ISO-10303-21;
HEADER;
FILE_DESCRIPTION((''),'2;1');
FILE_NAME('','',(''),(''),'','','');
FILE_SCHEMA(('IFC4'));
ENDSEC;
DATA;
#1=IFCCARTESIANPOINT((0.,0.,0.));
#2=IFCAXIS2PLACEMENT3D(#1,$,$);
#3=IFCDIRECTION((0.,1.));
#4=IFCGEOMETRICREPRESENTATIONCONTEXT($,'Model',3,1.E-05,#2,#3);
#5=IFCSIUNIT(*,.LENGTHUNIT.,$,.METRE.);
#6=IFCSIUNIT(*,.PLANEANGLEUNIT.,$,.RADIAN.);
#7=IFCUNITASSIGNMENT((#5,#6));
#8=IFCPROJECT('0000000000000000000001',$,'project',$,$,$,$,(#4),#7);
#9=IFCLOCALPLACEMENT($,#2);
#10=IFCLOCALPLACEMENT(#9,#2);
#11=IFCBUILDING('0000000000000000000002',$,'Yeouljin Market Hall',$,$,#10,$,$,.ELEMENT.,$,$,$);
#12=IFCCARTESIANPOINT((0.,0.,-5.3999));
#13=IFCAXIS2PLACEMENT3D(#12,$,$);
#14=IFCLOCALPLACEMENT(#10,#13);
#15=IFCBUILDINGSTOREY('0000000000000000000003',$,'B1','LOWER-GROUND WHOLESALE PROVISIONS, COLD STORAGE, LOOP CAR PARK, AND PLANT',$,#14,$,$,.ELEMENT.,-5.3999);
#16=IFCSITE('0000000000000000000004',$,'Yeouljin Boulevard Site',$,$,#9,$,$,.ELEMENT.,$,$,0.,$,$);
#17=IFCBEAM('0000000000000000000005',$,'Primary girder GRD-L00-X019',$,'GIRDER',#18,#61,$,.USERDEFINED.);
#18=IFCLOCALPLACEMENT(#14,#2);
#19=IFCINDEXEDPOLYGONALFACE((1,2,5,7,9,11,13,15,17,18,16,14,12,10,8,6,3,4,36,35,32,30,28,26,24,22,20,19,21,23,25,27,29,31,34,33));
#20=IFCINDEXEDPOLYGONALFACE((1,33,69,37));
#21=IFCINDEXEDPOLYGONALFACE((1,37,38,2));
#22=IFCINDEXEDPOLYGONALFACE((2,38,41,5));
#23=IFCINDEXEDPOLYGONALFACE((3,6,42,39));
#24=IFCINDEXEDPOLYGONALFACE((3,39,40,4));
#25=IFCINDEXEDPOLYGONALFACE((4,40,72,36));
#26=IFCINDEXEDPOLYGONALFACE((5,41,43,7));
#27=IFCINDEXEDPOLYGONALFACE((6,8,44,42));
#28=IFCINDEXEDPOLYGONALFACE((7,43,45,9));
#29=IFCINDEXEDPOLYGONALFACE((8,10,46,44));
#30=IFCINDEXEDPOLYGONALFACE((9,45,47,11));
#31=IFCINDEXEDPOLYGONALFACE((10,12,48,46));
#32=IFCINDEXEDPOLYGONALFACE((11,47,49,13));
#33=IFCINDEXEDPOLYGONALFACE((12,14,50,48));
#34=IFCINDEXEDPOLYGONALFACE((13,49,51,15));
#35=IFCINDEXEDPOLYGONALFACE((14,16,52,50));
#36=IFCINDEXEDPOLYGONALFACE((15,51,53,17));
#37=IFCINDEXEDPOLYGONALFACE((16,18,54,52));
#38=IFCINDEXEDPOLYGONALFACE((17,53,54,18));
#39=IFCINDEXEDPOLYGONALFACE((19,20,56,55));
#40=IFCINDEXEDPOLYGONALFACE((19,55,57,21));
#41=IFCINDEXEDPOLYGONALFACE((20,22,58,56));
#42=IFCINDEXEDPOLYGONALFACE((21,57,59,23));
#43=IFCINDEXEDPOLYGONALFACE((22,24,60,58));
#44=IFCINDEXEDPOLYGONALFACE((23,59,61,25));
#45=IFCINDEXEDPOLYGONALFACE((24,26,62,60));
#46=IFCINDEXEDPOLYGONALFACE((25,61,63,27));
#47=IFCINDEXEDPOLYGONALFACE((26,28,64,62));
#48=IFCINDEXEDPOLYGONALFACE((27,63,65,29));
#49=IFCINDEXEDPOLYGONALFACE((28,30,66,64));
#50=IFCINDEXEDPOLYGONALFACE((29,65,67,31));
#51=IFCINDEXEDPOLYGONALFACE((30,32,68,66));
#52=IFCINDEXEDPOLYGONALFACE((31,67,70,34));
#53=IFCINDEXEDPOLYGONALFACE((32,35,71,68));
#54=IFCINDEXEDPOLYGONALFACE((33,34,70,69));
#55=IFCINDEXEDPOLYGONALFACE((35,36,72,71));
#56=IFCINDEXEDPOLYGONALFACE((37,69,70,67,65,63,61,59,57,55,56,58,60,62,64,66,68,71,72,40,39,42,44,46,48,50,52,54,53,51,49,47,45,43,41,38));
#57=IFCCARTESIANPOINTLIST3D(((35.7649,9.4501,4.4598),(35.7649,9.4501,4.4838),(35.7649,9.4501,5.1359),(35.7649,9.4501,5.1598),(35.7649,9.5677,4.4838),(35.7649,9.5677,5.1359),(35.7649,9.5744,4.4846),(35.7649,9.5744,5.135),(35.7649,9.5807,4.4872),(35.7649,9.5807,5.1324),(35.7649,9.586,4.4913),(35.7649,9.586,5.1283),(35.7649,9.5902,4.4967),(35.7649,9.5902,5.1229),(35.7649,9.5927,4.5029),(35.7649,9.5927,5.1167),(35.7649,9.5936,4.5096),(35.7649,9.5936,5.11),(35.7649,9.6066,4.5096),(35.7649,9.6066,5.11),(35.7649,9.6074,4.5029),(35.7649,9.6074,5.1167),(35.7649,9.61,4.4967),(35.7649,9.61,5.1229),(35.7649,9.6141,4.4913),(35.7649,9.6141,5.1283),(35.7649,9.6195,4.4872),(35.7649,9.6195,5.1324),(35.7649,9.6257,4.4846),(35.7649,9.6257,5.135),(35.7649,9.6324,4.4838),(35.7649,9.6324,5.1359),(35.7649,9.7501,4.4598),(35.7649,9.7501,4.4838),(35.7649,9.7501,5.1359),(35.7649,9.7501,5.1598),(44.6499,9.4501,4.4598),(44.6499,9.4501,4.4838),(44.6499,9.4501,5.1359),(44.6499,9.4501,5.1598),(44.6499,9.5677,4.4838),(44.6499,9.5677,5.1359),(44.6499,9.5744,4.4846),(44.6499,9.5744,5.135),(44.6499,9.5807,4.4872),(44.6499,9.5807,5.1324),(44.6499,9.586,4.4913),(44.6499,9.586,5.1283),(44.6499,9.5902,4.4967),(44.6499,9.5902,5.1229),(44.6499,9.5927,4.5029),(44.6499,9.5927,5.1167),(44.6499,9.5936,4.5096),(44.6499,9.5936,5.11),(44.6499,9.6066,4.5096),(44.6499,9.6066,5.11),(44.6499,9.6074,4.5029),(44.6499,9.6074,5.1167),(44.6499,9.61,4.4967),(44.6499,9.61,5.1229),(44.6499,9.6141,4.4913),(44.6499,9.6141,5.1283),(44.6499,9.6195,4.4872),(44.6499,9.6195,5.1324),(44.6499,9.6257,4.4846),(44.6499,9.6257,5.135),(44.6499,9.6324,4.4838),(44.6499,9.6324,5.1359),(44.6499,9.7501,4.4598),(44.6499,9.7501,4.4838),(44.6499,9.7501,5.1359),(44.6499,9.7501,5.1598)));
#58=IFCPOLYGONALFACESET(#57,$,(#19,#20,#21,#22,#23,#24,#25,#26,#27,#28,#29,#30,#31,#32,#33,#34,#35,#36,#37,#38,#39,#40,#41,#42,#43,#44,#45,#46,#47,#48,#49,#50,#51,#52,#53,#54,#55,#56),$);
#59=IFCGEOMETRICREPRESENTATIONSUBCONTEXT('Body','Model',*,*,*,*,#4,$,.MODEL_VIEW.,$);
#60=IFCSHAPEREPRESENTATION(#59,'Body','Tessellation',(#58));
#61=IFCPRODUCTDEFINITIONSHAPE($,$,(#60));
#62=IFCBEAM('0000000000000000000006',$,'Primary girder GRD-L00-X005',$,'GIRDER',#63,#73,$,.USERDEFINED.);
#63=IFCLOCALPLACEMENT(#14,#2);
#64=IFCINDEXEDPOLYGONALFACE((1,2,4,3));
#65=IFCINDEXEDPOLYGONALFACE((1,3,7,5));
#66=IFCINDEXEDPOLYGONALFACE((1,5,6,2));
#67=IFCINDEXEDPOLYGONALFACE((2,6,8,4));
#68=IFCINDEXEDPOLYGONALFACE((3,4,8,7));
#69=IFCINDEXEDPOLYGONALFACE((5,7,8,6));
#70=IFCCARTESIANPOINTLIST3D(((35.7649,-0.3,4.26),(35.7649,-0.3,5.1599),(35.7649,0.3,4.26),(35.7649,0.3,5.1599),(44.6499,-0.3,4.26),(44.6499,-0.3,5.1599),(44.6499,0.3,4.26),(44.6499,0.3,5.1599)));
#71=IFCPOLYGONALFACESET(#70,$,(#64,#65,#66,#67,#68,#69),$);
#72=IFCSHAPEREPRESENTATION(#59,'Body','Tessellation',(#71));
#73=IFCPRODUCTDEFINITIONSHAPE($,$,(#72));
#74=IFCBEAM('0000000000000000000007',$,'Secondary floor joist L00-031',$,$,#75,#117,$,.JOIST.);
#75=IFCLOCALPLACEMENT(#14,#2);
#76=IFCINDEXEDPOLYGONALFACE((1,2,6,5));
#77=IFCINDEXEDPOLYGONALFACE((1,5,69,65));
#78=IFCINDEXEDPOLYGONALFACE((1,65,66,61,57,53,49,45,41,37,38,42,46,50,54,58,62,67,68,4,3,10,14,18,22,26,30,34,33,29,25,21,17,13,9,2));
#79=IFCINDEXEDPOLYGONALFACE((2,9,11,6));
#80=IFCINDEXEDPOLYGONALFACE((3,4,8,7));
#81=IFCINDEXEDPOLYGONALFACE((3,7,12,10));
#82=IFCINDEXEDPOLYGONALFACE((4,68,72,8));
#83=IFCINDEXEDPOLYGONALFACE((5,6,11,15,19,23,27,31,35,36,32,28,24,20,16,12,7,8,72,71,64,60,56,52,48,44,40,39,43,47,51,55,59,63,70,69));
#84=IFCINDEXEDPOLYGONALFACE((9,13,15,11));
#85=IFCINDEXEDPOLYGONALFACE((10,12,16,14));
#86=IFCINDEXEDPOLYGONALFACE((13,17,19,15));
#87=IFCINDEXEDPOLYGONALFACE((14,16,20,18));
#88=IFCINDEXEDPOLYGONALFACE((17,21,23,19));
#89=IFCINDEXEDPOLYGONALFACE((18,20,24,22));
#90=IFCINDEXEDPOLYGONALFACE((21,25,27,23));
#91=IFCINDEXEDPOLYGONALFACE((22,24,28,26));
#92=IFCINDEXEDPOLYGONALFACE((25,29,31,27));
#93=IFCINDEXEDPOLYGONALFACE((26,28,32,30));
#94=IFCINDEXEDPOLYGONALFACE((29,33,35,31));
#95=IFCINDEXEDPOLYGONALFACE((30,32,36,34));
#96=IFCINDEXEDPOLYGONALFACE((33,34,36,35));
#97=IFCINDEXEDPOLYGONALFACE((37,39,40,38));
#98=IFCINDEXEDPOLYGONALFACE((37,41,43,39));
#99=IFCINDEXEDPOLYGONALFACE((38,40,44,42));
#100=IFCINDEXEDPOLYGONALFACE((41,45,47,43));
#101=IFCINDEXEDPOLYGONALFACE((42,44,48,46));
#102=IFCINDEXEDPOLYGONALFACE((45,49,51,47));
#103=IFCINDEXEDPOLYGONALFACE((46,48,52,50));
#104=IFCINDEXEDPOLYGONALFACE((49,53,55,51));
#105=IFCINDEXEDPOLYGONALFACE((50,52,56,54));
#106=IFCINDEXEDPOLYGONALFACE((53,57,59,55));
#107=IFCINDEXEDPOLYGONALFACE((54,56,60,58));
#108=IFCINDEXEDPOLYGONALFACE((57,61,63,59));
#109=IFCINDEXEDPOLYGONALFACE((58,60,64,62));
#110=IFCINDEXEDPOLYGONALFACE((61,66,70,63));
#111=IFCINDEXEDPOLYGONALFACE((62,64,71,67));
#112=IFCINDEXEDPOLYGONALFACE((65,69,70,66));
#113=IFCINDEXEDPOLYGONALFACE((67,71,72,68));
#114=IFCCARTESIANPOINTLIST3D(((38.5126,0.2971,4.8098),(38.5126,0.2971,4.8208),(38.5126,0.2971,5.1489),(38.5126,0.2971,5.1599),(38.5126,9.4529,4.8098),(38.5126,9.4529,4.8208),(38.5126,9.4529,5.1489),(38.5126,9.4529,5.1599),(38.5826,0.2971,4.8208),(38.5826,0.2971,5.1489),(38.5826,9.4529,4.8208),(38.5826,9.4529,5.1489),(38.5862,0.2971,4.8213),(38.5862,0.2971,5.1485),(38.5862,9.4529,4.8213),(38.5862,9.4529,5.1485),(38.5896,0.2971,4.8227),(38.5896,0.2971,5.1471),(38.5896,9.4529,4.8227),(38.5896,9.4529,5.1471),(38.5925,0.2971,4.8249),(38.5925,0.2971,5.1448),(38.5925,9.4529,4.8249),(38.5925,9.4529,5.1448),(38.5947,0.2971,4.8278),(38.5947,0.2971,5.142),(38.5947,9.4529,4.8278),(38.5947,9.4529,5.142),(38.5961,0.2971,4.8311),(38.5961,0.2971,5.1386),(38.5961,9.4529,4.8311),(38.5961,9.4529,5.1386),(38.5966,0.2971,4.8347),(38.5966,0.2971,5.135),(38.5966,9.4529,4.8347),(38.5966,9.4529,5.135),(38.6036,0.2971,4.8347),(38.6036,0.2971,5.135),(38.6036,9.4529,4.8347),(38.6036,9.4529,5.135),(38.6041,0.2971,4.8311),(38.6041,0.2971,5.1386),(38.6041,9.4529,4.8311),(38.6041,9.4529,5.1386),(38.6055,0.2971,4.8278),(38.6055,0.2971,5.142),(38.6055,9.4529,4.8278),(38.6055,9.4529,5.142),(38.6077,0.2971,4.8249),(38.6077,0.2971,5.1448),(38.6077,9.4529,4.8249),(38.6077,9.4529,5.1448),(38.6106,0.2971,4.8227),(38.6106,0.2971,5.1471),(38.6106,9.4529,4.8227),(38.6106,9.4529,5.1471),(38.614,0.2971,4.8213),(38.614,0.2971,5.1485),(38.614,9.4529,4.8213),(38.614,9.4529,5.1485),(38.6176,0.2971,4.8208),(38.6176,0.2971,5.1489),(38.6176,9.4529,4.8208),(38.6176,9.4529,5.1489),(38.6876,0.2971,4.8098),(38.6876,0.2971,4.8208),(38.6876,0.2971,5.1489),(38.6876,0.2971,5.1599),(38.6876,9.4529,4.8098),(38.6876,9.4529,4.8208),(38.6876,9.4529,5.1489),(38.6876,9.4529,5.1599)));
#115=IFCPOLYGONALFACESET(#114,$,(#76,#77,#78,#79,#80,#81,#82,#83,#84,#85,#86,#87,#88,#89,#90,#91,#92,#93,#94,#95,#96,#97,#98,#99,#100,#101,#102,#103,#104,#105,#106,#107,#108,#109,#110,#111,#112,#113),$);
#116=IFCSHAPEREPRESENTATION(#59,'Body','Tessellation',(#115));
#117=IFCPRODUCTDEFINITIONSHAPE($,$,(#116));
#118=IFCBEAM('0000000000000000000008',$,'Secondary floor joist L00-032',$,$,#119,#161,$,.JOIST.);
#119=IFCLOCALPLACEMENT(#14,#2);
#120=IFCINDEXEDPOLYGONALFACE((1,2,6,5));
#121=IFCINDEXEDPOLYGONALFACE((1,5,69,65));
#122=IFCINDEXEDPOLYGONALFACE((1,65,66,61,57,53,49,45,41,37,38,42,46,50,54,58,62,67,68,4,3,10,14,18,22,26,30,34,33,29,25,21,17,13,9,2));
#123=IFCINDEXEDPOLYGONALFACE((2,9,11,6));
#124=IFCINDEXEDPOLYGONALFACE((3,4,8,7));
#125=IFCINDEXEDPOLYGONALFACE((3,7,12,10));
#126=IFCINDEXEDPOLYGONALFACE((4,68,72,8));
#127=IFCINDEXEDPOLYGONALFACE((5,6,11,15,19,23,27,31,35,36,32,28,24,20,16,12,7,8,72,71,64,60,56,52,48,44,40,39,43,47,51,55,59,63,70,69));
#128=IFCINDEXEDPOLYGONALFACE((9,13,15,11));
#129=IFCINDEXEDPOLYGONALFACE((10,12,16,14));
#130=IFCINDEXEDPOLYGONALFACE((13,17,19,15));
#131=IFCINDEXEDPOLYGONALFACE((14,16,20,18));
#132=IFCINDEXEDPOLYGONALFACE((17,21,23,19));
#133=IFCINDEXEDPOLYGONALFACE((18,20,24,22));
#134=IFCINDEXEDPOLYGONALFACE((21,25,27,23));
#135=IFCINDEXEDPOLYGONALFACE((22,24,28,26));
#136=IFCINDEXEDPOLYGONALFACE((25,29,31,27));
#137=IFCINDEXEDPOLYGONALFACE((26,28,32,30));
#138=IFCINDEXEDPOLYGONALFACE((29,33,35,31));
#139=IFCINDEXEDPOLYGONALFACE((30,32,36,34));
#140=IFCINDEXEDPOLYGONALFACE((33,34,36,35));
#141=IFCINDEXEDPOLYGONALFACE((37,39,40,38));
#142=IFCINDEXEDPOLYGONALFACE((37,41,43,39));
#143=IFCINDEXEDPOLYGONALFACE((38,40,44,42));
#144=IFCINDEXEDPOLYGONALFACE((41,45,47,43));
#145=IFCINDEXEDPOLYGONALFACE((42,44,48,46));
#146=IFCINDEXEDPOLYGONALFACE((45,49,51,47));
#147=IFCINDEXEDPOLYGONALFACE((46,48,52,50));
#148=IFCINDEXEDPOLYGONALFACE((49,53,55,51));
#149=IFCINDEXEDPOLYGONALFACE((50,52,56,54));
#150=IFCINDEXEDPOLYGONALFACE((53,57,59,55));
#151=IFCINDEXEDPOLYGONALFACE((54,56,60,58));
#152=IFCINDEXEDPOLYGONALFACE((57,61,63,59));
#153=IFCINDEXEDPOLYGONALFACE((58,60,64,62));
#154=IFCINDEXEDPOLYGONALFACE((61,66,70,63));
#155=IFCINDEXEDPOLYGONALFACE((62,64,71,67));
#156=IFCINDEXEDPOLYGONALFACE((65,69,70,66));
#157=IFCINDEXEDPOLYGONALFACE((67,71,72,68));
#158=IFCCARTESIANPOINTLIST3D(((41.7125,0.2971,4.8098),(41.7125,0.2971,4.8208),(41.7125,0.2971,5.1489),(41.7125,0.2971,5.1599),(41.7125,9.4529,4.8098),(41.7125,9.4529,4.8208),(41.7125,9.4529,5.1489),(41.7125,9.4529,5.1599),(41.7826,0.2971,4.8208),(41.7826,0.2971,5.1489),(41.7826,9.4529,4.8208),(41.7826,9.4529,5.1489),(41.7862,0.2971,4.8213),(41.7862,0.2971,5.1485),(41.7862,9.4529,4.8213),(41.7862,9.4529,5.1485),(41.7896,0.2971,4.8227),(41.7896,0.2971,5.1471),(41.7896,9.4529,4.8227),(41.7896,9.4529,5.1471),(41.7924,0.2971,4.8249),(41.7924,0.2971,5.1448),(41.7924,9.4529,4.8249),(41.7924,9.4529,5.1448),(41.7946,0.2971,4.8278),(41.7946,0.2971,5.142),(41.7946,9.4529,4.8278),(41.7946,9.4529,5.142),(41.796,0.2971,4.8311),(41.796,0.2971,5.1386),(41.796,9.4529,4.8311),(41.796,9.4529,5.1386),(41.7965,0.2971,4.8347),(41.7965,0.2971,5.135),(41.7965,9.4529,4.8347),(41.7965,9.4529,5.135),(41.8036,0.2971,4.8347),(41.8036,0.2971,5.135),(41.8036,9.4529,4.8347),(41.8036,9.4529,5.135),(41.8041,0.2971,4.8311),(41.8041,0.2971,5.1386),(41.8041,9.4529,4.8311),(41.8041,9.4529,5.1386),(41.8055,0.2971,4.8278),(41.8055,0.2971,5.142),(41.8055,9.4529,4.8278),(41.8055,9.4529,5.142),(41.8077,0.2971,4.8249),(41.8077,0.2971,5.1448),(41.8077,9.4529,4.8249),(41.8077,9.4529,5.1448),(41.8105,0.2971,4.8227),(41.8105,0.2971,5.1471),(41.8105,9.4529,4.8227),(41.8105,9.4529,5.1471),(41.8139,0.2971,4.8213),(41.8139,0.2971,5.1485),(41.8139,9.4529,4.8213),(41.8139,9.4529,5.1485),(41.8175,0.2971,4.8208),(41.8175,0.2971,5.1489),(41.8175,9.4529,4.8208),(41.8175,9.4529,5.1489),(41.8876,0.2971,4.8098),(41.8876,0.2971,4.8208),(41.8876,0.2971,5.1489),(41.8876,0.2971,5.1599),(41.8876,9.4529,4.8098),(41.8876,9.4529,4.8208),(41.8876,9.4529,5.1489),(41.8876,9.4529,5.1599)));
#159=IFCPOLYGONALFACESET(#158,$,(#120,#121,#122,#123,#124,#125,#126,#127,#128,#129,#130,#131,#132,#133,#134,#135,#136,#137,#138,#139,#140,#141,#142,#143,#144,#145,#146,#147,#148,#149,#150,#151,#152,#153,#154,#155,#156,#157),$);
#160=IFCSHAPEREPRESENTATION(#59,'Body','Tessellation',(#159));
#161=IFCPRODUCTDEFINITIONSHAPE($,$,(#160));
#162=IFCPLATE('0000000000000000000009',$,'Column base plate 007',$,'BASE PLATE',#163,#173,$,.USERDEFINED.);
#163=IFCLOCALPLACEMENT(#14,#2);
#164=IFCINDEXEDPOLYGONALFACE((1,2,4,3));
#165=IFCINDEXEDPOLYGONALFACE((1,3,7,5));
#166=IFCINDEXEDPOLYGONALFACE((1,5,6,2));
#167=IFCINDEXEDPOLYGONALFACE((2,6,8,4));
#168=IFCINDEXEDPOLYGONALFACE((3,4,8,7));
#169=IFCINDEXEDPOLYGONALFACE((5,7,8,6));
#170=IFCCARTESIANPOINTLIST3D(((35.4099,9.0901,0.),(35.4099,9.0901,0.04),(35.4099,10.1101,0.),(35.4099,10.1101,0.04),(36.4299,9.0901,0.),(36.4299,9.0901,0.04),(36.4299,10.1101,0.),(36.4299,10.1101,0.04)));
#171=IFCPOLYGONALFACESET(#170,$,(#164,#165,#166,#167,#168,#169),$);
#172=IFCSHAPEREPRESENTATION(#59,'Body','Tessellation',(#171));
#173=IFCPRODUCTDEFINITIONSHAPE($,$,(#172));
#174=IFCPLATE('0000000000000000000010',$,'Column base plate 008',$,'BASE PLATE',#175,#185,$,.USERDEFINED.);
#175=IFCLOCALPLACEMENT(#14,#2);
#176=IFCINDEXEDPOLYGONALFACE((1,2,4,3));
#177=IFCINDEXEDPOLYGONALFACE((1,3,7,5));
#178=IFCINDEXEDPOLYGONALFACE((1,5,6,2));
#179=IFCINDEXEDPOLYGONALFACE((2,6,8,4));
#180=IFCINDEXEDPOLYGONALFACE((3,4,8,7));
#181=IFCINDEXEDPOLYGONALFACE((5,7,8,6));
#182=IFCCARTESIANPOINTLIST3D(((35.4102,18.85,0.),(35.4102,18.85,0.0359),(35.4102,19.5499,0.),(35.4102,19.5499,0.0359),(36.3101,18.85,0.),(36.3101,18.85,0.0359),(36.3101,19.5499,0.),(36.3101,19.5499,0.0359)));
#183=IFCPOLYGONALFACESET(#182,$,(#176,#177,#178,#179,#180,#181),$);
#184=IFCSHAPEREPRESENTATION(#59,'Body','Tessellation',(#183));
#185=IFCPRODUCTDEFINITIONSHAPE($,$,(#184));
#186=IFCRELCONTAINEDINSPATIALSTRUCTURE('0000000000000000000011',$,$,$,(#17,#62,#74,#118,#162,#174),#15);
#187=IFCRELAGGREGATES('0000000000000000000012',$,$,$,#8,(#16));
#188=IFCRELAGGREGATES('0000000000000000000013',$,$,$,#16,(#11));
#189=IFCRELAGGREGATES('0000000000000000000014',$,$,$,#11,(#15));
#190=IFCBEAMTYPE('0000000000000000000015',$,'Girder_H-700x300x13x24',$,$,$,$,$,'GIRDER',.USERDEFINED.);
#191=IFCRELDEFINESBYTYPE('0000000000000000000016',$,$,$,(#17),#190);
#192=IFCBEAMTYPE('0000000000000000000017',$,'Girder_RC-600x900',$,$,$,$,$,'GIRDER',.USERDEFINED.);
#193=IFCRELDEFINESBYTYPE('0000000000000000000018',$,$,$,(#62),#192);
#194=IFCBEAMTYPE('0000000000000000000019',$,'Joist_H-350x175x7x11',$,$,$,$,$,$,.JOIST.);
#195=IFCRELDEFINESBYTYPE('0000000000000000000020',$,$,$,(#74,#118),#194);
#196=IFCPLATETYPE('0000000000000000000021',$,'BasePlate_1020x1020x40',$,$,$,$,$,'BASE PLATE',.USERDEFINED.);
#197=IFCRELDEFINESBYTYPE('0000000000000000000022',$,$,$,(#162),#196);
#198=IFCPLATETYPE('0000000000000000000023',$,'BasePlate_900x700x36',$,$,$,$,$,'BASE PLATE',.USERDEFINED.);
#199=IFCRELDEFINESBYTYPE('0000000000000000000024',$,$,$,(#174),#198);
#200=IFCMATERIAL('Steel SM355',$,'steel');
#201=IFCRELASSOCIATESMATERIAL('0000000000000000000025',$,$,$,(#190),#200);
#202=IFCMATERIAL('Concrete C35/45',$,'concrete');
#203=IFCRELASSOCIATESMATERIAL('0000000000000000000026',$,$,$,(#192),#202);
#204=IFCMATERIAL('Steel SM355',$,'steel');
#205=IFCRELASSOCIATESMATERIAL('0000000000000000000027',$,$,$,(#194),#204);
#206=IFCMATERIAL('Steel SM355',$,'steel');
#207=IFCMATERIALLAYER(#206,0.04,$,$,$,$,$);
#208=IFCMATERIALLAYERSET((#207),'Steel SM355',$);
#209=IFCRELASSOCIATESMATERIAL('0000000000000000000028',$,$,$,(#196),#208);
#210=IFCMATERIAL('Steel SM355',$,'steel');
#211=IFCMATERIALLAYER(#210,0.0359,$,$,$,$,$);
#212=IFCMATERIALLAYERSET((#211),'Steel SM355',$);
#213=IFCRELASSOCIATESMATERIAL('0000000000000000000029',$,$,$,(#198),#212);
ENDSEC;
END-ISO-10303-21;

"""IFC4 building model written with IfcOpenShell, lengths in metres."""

from ifc_helpers import new_model, si_unit, direction, frame, origin, origin_2d, place, context, subcontext, project, spatial, rectangle, i_section, extrude, material, layer, layer_set, material_profile, profile_set, type_object, element, save


model = new_model("IFC4")

# Units and contexts
model_context = context("Model", 3, precision=1e-05, world=origin(), true_north=direction((0.0, 1.0)))
body_context = subcontext(model_context, "Body", "Model", "MODEL_VIEW")
ifc_project = project(units=[si_unit("LENGTHUNIT", "METRE"), si_unit("PLANEANGLEUNIT", "RADIAN")], contexts=[model_context])

# Site, building, storey
site_placement = place(None, origin())
site = spatial("IfcSite", under=ifc_project, at=site_placement, Name="Yeouljin Boulevard Site", CompositionType="ELEMENT", RefElevation=0.0)
building_placement = place(site_placement, origin())
building = spatial("IfcBuilding", under=site, at=building_placement, Name="Yeouljin Market Hall", CompositionType="ELEMENT")
storey_placement = place(building_placement, frame((0.0, 0.0, -5.3999)))
storey = spatial("IfcBuildingStorey", under=building, at=storey_placement, Name="B1", Description="LOWER-GROUND WHOLESALE PROVISIONS, COLD STORAGE, LOOP CAR PARK, AND PLANT", CompositionType="ELEMENT", Elevation=-5.3999)

# Beams
ifc_material_1 = material(Name="Steel SM355", Category="steel")
ifc_material_profile_1 = material_profile(ifc_material_1, i_section(OverallWidth=0.3, OverallDepth=0.7, WebThickness=0.0129, FlangeThickness=0.0239, FilletRadius=0.0259, at=origin_2d()), Name="H-700x300x13x24")
ifc_profile_set_1 = profile_set([ifc_material_profile_1], Name="Steel SM355")
beam_type_1 = type_object("IfcBeamType", Name="Girder_H-700x300x13x24", ElementType="GIRDER", PredefinedType="USERDEFINED", material=ifc_profile_set_1)
beam_1_placement = place(storey_placement, frame((35.7649, 9.6001, 4.8098), z_axis=(1.0, 0.0, 0.0), x_axis=(0.0, 1.0, 0.0)))
element("IfcBeam", 1, at=beam_1_placement, inside=storey, type_object=beam_type_1, Name="Primary girder GRD-L00-X019", ObjectType="GIRDER", PredefinedType="USERDEFINED", context=body_context, shape_type="SweptSolid", body=[
    extrude(i_section(OverallWidth=0.3, OverallDepth=0.7, WebThickness=0.0129, FlangeThickness=0.0239, FilletRadius=0.0259, at=origin_2d()), origin(), (0.0, 0.0, 1.0), 8.885),
])
ifc_material_2 = material(Name="Concrete C35/45", Category="concrete")
ifc_material_profile_2 = material_profile(ifc_material_2, rectangle(XDim=0.6001, YDim=0.8999, at=origin_2d()), Name="RC-600x900")
ifc_profile_set_2 = profile_set([ifc_material_profile_2], Name="Concrete C35/45")
beam_type_2 = type_object("IfcBeamType", Name="Girder_RC-600x900", ElementType="GIRDER", PredefinedType="USERDEFINED", material=ifc_profile_set_2)
beam_2_placement = place(storey_placement, frame((35.7649, 0.0, 4.71), z_axis=(1.0, 0.0, 0.0), x_axis=(0.0, 1.0, 0.0)))
element("IfcBeam", 2, at=beam_2_placement, inside=storey, type_object=beam_type_2, Name="Primary girder GRD-L00-X005", ObjectType="GIRDER", PredefinedType="USERDEFINED", context=body_context, shape_type="SweptSolid", body=[
    extrude(rectangle(XDim=0.6001, YDim=0.8999, at=origin_2d()), origin(), (0.0, 0.0, 1.0), 8.885),
])
ifc_material_3 = material(Name="Steel SM355", Category="steel")
ifc_material_profile_3 = material_profile(ifc_material_3, i_section(OverallWidth=0.175, OverallDepth=0.3501, WebThickness=0.0071, FlangeThickness=0.011, FilletRadius=0.0139, at=origin_2d()), Name="H-350x175x7x11")
ifc_profile_set_3 = profile_set([ifc_material_profile_3], Name="Steel SM355")
beam_type_3 = type_object("IfcBeamType", Name="Joist_H-350x175x7x11", PredefinedType="JOIST", material=ifc_profile_set_3)
for number, where, z_axis, x_axis, name in (
    (3, (38.6001, 0.2971, 4.9849), (0.0, 1.0, 0.0), (-1.0, 0.0, 0.0), "Secondary floor joist L00-031"),
    (4, (41.8, 0.2971, 4.9849), (0.0, 1.0, 0.0), (-1.0, 0.0, 0.0), "Secondary floor joist L00-032"),
):
    element("IfcBeam", number, at=place(storey_placement, frame(where, z_axis=z_axis, x_axis=x_axis)), inside=storey, type_object=beam_type_3, Name=name, PredefinedType="JOIST", context=body_context, shape_type="SweptSolid", body=[
        extrude(i_section(OverallWidth=0.175, OverallDepth=0.3501, WebThickness=0.0071, FlangeThickness=0.011, FilletRadius=0.0139, at=origin_2d()), origin(), (0.0, 0.0, 1.0), 9.1558),
    ])

# Plates
ifc_material_4 = material(Name="Steel SM355", Category="steel")
ifc_layer_1 = layer(ifc_material_4, 0.04)
ifc_layer_set_1 = layer_set([ifc_layer_1], Name="Steel SM355")
plate_type_1 = type_object("IfcPlateType", Name="BasePlate_1020x1020x40", ElementType="BASE PLATE", PredefinedType="USERDEFINED", material=ifc_layer_set_1)
plate_1_placement = place(storey_placement, frame((35.9199, 9.6001, 0.0), z_axis=(0.0, 0.0, 1.0), x_axis=(1.0, 0.0, 0.0)))
element("IfcPlate", 5, at=plate_1_placement, inside=storey, type_object=plate_type_1, Name="Column base plate 007", ObjectType="BASE PLATE", PredefinedType="USERDEFINED", context=body_context, shape_type="SweptSolid", body=[
    extrude(rectangle(XDim=1.02, YDim=1.02, at=origin_2d()), origin(), (0.0, 0.0, 1.0), 0.04),
])
ifc_material_5 = material(Name="Steel SM355", Category="steel")
ifc_layer_2 = layer(ifc_material_5, 0.0359)
ifc_layer_set_2 = layer_set([ifc_layer_2], Name="Steel SM355")
plate_type_2 = type_object("IfcPlateType", Name="BasePlate_900x700x36", ElementType="BASE PLATE", PredefinedType="USERDEFINED", material=ifc_layer_set_2)
plate_2_placement = place(storey_placement, frame((35.8601, 19.2, 0.0), z_axis=(0.0, 0.0, 1.0), x_axis=(1.0, 0.0, 0.0)))
element("IfcPlate", 6, at=plate_2_placement, inside=storey, type_object=plate_type_2, Name="Column base plate 008", ObjectType="BASE PLATE", PredefinedType="USERDEFINED", context=body_context, shape_type="SweptSolid", body=[
    extrude(rectangle(XDim=0.8999, YDim=0.7, at=origin_2d()), origin(), (0.0, 0.0, 1.0), 0.0359),
])

save(model, "model.ifc")
